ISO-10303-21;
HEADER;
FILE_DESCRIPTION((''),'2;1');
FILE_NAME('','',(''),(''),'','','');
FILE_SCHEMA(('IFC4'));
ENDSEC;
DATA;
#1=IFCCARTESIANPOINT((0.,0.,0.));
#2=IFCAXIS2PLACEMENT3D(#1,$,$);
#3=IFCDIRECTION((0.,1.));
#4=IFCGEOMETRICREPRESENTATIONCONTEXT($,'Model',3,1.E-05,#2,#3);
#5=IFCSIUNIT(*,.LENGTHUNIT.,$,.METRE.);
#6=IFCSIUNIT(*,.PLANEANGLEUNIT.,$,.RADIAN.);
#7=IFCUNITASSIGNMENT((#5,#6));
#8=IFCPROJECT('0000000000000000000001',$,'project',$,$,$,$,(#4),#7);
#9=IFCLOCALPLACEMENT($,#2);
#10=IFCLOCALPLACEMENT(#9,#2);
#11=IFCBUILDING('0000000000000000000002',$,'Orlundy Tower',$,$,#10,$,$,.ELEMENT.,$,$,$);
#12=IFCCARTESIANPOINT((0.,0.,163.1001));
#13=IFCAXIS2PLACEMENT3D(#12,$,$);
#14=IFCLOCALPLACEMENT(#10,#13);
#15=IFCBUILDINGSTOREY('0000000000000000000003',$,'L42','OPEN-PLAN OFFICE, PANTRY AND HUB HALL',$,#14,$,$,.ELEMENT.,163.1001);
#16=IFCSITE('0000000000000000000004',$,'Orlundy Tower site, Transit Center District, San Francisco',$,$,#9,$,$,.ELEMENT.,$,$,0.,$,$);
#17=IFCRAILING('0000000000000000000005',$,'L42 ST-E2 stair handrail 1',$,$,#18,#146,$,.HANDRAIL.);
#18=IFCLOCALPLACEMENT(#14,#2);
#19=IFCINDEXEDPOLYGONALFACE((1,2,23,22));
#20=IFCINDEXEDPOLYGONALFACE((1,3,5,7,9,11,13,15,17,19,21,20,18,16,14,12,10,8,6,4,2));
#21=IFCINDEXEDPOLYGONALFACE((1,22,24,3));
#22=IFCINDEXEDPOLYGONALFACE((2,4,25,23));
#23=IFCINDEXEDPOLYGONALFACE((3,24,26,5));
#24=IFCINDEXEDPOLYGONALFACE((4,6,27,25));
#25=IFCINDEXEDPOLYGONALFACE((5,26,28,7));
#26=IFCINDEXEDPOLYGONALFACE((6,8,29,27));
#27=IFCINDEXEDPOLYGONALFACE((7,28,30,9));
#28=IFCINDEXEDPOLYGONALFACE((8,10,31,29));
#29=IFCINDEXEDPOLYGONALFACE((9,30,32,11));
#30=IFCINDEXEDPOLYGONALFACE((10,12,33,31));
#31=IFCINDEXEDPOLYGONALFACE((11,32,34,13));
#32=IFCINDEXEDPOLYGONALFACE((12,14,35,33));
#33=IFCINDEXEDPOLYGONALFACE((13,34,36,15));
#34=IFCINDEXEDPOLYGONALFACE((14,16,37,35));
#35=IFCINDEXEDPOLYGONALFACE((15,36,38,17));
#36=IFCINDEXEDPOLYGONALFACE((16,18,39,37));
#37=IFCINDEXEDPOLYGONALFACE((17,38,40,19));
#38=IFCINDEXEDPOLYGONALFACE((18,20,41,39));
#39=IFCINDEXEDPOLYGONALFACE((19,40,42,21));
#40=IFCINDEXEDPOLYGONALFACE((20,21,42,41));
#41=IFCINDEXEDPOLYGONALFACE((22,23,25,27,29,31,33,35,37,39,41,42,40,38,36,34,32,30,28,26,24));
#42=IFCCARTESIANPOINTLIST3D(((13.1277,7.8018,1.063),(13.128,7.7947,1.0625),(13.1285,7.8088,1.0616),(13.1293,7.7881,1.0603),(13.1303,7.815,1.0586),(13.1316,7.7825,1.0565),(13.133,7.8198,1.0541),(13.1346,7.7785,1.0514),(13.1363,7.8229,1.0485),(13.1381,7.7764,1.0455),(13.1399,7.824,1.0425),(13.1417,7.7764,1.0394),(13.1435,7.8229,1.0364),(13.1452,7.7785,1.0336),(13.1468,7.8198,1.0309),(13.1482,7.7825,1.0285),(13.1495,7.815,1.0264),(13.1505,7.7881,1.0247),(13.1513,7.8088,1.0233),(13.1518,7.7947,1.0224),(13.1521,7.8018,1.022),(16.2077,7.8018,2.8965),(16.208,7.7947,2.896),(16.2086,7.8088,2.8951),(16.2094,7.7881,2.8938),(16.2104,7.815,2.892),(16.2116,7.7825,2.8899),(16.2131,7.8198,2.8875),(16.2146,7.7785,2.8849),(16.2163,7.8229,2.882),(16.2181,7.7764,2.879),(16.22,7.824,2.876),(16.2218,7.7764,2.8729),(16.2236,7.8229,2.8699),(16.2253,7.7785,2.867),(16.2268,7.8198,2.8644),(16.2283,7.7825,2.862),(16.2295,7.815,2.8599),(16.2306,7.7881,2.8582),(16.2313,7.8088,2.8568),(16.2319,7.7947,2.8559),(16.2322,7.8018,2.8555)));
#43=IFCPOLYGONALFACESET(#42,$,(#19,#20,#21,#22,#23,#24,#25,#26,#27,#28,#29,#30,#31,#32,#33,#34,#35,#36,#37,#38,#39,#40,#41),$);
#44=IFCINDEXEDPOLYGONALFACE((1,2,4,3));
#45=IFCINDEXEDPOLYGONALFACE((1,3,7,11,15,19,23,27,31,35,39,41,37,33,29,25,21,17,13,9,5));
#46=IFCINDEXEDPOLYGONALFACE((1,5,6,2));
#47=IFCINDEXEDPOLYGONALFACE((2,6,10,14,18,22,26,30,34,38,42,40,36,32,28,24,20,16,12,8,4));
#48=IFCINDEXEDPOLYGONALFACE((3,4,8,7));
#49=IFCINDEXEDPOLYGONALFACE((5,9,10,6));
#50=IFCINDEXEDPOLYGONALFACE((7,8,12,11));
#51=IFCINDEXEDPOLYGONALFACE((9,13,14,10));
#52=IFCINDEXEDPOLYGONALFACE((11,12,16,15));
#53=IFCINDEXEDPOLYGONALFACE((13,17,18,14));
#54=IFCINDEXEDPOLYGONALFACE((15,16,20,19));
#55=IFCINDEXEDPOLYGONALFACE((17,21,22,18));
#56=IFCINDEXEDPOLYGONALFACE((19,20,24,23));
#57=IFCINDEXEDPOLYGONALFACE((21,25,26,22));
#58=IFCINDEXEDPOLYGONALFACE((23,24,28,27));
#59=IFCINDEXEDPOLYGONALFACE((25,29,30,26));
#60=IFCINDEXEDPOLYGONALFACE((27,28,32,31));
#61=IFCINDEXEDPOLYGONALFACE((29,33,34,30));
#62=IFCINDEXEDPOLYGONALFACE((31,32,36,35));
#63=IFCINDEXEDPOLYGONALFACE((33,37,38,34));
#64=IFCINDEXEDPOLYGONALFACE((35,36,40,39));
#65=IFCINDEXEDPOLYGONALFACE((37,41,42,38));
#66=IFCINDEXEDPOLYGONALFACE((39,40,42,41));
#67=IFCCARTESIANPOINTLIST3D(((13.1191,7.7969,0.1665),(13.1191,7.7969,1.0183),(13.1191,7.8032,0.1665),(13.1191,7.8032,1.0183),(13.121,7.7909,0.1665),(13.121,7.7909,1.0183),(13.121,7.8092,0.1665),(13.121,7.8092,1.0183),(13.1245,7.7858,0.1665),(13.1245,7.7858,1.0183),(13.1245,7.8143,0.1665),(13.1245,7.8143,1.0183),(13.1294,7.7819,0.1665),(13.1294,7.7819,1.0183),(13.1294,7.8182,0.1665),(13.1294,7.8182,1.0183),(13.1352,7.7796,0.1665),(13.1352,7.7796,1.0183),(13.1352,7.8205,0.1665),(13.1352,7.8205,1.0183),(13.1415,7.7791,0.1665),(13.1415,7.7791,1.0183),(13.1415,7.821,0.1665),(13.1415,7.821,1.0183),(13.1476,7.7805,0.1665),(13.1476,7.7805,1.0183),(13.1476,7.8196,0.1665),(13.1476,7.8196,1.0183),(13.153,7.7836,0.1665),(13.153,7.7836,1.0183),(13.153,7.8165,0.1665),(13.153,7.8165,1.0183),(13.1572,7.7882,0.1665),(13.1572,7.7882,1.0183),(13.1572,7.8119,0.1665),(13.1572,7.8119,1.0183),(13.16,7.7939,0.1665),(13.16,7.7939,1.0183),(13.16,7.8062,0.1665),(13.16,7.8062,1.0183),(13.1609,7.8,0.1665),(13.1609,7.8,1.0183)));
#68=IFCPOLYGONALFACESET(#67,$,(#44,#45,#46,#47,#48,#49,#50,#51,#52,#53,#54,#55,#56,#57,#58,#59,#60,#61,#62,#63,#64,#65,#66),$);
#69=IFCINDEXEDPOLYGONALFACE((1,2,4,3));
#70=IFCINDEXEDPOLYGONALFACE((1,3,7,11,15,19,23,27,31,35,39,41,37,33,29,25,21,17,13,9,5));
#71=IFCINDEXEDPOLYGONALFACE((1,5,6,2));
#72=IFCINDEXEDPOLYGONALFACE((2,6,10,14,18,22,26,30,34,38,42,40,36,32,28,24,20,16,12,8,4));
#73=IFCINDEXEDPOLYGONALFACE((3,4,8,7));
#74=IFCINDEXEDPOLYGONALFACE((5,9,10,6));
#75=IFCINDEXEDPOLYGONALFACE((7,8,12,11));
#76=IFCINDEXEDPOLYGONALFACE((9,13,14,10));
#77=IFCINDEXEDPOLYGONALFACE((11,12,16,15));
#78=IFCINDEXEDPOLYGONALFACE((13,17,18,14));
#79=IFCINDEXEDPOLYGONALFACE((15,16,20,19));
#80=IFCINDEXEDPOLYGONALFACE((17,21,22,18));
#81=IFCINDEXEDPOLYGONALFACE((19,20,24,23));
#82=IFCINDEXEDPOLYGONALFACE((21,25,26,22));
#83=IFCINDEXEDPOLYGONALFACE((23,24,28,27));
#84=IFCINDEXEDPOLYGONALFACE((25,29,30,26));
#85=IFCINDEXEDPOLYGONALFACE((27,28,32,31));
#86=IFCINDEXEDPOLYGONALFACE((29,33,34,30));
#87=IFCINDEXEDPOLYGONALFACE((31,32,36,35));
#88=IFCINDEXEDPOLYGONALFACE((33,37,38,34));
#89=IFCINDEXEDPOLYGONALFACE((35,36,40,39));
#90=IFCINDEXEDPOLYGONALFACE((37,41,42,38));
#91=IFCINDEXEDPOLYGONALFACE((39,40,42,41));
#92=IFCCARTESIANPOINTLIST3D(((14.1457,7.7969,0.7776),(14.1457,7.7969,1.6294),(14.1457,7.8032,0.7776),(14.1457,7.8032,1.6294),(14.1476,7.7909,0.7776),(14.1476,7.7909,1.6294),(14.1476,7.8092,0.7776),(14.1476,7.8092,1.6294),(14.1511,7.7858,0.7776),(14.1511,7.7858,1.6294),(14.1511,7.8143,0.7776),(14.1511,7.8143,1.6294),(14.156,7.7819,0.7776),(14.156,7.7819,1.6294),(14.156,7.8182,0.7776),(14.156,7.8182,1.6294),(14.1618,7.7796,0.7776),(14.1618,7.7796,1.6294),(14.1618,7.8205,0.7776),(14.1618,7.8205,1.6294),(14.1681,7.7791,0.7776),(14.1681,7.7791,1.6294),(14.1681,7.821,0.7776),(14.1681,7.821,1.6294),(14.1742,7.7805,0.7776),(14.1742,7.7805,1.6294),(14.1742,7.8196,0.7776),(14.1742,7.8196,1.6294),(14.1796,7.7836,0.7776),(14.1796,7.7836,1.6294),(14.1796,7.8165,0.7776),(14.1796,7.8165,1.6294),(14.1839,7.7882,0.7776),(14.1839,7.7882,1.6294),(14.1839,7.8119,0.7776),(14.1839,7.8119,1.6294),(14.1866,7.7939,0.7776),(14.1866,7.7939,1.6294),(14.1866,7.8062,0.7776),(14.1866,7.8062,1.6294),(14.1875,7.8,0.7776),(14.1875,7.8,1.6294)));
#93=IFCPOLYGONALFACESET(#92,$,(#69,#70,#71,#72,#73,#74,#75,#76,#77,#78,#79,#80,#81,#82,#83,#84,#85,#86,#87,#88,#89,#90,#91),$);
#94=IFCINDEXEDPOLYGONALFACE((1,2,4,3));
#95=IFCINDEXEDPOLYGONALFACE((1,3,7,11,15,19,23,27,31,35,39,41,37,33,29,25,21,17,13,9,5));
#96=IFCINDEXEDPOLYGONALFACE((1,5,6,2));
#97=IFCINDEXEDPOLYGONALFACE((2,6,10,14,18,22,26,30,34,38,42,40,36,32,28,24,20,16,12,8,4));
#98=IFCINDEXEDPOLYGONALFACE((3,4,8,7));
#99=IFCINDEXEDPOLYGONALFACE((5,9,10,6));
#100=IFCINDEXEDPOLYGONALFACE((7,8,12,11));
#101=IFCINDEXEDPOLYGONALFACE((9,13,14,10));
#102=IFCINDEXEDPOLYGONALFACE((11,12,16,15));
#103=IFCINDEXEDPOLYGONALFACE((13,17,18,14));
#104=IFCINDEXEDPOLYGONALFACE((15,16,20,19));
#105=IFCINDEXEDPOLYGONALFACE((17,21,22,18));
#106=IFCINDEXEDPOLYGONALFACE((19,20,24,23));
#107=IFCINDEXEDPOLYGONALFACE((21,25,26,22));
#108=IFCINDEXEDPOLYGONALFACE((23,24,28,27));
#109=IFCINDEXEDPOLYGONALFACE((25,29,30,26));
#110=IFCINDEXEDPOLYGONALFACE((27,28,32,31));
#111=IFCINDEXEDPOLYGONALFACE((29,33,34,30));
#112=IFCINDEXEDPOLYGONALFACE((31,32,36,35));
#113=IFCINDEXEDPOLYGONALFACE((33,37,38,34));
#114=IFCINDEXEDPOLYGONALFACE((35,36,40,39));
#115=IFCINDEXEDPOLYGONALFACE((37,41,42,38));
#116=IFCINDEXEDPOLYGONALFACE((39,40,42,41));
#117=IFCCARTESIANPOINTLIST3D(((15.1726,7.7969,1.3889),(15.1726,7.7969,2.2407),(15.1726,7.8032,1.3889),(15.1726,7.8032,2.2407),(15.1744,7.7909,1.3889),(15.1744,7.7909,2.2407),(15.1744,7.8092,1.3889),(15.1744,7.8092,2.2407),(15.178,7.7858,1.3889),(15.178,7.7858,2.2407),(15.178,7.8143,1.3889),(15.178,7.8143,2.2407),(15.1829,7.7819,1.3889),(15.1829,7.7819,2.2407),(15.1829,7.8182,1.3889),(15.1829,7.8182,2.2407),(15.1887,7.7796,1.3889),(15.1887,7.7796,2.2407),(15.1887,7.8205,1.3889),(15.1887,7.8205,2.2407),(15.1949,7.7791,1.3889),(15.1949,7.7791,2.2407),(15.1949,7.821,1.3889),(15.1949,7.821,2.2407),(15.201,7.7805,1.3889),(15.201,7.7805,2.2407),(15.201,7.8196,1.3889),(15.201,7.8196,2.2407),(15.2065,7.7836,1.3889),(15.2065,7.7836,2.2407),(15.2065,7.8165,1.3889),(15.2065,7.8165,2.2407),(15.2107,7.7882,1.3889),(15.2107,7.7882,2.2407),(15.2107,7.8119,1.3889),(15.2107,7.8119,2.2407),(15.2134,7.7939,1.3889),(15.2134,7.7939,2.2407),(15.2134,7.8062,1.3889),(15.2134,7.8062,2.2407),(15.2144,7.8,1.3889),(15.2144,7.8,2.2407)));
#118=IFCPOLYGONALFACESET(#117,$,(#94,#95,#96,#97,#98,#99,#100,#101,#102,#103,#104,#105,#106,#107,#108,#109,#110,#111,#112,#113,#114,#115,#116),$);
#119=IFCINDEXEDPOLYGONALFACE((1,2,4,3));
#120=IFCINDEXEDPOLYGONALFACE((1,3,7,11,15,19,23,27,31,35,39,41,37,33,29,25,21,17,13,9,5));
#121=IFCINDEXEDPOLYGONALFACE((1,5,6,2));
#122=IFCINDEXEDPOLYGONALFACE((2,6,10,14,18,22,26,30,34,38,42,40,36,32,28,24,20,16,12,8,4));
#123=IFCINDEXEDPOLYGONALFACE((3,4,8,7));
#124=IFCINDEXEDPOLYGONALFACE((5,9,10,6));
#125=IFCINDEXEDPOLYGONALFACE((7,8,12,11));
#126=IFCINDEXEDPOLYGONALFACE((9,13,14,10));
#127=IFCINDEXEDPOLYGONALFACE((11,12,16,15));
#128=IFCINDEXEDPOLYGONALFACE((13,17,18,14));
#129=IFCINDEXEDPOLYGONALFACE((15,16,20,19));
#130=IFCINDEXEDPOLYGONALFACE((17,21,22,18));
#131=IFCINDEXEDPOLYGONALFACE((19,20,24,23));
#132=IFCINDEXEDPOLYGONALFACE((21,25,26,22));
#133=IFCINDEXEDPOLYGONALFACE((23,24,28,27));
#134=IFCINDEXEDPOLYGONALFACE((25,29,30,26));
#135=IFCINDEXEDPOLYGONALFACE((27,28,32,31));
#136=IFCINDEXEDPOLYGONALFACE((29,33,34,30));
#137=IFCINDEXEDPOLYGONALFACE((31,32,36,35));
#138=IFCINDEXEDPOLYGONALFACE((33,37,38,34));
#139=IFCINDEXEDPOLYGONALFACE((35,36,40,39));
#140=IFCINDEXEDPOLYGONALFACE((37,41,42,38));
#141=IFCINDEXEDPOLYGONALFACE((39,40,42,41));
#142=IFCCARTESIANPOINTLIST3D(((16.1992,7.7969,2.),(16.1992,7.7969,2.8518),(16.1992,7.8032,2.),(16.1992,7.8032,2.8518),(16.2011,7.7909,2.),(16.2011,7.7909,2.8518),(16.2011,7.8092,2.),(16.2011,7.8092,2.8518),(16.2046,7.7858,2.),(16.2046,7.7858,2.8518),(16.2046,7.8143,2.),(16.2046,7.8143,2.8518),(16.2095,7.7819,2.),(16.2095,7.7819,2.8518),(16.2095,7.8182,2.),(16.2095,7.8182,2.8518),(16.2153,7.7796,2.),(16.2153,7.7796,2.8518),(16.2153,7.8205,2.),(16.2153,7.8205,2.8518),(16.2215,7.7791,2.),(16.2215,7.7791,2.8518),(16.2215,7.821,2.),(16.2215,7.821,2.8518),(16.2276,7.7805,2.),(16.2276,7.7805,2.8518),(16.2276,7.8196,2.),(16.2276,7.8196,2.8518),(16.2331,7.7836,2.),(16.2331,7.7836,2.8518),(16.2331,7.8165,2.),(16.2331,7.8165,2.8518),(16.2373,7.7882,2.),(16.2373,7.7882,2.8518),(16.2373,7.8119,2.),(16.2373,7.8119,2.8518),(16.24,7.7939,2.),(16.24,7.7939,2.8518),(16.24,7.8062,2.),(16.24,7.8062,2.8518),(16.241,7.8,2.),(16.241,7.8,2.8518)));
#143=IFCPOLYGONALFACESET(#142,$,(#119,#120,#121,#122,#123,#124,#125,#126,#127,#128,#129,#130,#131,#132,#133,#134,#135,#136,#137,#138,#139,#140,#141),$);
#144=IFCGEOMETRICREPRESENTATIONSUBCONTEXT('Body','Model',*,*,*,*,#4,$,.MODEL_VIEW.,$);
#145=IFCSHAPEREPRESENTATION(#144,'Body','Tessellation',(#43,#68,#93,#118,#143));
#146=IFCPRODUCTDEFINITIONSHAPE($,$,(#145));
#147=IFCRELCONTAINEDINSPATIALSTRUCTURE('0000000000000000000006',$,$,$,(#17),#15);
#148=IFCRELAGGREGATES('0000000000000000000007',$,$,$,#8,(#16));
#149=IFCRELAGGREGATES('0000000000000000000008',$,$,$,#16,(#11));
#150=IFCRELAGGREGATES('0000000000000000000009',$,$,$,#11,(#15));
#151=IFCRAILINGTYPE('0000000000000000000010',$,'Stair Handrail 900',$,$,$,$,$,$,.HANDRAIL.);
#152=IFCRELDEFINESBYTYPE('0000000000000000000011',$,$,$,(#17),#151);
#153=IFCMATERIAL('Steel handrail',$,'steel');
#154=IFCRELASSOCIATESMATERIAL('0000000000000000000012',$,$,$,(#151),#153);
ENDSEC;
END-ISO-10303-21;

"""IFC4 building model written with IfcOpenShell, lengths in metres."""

from ifc_helpers import new_model, si_unit, direction, frame, origin, origin_2d, place, context, subcontext, project, spatial, circle, extrude, material, type_object, element, save


model = new_model("IFC4")

# Units and contexts
model_context = context("Model", 3, precision=1e-05, world=origin(), true_north=direction((0.0, 1.0)))
body_context = subcontext(model_context, "Body", "Model", "MODEL_VIEW")
ifc_project = project(units=[si_unit("LENGTHUNIT", "METRE"), si_unit("PLANEANGLEUNIT", "RADIAN")], contexts=[model_context])

# Site, building, storey
site_placement = place(None, origin())
site = spatial("IfcSite", under=ifc_project, at=site_placement, Name="Orlundy Tower site, Transit Center District, San Francisco", CompositionType="ELEMENT", RefElevation=0.0)
building_placement = place(site_placement, origin())
building = spatial("IfcBuilding", under=site, at=building_placement, Name="Orlundy Tower", CompositionType="ELEMENT")
storey_placement = place(building_placement, frame((0.0, 0.0, 163.1001)))
storey = spatial("IfcBuildingStorey", under=building, at=storey_placement, Name="L42", Description="OPEN-PLAN OFFICE, PANTRY AND HUB HALL", CompositionType="ELEMENT", Elevation=163.1001)

# Railing
ifc_material_1 = material(Name="Steel handrail", Category="steel")
railing_type_1 = type_object("IfcRailingType", Name="Stair Handrail 900", PredefinedType="HANDRAIL", material=ifc_material_1)
railing_1_placement = place(storey_placement, frame((13.1399, 7.8, 0.1665)))
element("IfcRailing", 1, at=railing_1_placement, inside=storey, type_object=railing_type_1, Name="L42 ST-E2 stair handrail 1", PredefinedType="HANDRAIL", context=body_context, shape_type="SweptSolid", body=[
    extrude(circle(Radius=0.0239, at=origin_2d()), frame((0.0, 0.0, 0.876), z_axis=(0.859279, 0.0, 0.511508), x_axis=(0.0, 1.0, 0.0)), (0.0, 0.0, 1.0), 3.5845),
    extrude(circle(Radius=0.021, at=origin_2d()), origin(), (0.0, 0.0, 1.0), 0.8518),
    extrude(circle(Radius=0.021, at=origin_2d()), frame((1.0266, 0.0, 0.6111)), (0.0, 0.0, 1.0), 0.8518),
    extrude(circle(Radius=0.021, at=origin_2d()), frame((2.0535, 0.0, 1.2224)), (0.0, 0.0, 1.0), 0.8518),
    extrude(circle(Radius=0.021, at=origin_2d()), frame((3.0801, 0.0, 1.8335)), (0.0, 0.0, 1.0), 0.8518),
])

save(model, "model.ifc")
